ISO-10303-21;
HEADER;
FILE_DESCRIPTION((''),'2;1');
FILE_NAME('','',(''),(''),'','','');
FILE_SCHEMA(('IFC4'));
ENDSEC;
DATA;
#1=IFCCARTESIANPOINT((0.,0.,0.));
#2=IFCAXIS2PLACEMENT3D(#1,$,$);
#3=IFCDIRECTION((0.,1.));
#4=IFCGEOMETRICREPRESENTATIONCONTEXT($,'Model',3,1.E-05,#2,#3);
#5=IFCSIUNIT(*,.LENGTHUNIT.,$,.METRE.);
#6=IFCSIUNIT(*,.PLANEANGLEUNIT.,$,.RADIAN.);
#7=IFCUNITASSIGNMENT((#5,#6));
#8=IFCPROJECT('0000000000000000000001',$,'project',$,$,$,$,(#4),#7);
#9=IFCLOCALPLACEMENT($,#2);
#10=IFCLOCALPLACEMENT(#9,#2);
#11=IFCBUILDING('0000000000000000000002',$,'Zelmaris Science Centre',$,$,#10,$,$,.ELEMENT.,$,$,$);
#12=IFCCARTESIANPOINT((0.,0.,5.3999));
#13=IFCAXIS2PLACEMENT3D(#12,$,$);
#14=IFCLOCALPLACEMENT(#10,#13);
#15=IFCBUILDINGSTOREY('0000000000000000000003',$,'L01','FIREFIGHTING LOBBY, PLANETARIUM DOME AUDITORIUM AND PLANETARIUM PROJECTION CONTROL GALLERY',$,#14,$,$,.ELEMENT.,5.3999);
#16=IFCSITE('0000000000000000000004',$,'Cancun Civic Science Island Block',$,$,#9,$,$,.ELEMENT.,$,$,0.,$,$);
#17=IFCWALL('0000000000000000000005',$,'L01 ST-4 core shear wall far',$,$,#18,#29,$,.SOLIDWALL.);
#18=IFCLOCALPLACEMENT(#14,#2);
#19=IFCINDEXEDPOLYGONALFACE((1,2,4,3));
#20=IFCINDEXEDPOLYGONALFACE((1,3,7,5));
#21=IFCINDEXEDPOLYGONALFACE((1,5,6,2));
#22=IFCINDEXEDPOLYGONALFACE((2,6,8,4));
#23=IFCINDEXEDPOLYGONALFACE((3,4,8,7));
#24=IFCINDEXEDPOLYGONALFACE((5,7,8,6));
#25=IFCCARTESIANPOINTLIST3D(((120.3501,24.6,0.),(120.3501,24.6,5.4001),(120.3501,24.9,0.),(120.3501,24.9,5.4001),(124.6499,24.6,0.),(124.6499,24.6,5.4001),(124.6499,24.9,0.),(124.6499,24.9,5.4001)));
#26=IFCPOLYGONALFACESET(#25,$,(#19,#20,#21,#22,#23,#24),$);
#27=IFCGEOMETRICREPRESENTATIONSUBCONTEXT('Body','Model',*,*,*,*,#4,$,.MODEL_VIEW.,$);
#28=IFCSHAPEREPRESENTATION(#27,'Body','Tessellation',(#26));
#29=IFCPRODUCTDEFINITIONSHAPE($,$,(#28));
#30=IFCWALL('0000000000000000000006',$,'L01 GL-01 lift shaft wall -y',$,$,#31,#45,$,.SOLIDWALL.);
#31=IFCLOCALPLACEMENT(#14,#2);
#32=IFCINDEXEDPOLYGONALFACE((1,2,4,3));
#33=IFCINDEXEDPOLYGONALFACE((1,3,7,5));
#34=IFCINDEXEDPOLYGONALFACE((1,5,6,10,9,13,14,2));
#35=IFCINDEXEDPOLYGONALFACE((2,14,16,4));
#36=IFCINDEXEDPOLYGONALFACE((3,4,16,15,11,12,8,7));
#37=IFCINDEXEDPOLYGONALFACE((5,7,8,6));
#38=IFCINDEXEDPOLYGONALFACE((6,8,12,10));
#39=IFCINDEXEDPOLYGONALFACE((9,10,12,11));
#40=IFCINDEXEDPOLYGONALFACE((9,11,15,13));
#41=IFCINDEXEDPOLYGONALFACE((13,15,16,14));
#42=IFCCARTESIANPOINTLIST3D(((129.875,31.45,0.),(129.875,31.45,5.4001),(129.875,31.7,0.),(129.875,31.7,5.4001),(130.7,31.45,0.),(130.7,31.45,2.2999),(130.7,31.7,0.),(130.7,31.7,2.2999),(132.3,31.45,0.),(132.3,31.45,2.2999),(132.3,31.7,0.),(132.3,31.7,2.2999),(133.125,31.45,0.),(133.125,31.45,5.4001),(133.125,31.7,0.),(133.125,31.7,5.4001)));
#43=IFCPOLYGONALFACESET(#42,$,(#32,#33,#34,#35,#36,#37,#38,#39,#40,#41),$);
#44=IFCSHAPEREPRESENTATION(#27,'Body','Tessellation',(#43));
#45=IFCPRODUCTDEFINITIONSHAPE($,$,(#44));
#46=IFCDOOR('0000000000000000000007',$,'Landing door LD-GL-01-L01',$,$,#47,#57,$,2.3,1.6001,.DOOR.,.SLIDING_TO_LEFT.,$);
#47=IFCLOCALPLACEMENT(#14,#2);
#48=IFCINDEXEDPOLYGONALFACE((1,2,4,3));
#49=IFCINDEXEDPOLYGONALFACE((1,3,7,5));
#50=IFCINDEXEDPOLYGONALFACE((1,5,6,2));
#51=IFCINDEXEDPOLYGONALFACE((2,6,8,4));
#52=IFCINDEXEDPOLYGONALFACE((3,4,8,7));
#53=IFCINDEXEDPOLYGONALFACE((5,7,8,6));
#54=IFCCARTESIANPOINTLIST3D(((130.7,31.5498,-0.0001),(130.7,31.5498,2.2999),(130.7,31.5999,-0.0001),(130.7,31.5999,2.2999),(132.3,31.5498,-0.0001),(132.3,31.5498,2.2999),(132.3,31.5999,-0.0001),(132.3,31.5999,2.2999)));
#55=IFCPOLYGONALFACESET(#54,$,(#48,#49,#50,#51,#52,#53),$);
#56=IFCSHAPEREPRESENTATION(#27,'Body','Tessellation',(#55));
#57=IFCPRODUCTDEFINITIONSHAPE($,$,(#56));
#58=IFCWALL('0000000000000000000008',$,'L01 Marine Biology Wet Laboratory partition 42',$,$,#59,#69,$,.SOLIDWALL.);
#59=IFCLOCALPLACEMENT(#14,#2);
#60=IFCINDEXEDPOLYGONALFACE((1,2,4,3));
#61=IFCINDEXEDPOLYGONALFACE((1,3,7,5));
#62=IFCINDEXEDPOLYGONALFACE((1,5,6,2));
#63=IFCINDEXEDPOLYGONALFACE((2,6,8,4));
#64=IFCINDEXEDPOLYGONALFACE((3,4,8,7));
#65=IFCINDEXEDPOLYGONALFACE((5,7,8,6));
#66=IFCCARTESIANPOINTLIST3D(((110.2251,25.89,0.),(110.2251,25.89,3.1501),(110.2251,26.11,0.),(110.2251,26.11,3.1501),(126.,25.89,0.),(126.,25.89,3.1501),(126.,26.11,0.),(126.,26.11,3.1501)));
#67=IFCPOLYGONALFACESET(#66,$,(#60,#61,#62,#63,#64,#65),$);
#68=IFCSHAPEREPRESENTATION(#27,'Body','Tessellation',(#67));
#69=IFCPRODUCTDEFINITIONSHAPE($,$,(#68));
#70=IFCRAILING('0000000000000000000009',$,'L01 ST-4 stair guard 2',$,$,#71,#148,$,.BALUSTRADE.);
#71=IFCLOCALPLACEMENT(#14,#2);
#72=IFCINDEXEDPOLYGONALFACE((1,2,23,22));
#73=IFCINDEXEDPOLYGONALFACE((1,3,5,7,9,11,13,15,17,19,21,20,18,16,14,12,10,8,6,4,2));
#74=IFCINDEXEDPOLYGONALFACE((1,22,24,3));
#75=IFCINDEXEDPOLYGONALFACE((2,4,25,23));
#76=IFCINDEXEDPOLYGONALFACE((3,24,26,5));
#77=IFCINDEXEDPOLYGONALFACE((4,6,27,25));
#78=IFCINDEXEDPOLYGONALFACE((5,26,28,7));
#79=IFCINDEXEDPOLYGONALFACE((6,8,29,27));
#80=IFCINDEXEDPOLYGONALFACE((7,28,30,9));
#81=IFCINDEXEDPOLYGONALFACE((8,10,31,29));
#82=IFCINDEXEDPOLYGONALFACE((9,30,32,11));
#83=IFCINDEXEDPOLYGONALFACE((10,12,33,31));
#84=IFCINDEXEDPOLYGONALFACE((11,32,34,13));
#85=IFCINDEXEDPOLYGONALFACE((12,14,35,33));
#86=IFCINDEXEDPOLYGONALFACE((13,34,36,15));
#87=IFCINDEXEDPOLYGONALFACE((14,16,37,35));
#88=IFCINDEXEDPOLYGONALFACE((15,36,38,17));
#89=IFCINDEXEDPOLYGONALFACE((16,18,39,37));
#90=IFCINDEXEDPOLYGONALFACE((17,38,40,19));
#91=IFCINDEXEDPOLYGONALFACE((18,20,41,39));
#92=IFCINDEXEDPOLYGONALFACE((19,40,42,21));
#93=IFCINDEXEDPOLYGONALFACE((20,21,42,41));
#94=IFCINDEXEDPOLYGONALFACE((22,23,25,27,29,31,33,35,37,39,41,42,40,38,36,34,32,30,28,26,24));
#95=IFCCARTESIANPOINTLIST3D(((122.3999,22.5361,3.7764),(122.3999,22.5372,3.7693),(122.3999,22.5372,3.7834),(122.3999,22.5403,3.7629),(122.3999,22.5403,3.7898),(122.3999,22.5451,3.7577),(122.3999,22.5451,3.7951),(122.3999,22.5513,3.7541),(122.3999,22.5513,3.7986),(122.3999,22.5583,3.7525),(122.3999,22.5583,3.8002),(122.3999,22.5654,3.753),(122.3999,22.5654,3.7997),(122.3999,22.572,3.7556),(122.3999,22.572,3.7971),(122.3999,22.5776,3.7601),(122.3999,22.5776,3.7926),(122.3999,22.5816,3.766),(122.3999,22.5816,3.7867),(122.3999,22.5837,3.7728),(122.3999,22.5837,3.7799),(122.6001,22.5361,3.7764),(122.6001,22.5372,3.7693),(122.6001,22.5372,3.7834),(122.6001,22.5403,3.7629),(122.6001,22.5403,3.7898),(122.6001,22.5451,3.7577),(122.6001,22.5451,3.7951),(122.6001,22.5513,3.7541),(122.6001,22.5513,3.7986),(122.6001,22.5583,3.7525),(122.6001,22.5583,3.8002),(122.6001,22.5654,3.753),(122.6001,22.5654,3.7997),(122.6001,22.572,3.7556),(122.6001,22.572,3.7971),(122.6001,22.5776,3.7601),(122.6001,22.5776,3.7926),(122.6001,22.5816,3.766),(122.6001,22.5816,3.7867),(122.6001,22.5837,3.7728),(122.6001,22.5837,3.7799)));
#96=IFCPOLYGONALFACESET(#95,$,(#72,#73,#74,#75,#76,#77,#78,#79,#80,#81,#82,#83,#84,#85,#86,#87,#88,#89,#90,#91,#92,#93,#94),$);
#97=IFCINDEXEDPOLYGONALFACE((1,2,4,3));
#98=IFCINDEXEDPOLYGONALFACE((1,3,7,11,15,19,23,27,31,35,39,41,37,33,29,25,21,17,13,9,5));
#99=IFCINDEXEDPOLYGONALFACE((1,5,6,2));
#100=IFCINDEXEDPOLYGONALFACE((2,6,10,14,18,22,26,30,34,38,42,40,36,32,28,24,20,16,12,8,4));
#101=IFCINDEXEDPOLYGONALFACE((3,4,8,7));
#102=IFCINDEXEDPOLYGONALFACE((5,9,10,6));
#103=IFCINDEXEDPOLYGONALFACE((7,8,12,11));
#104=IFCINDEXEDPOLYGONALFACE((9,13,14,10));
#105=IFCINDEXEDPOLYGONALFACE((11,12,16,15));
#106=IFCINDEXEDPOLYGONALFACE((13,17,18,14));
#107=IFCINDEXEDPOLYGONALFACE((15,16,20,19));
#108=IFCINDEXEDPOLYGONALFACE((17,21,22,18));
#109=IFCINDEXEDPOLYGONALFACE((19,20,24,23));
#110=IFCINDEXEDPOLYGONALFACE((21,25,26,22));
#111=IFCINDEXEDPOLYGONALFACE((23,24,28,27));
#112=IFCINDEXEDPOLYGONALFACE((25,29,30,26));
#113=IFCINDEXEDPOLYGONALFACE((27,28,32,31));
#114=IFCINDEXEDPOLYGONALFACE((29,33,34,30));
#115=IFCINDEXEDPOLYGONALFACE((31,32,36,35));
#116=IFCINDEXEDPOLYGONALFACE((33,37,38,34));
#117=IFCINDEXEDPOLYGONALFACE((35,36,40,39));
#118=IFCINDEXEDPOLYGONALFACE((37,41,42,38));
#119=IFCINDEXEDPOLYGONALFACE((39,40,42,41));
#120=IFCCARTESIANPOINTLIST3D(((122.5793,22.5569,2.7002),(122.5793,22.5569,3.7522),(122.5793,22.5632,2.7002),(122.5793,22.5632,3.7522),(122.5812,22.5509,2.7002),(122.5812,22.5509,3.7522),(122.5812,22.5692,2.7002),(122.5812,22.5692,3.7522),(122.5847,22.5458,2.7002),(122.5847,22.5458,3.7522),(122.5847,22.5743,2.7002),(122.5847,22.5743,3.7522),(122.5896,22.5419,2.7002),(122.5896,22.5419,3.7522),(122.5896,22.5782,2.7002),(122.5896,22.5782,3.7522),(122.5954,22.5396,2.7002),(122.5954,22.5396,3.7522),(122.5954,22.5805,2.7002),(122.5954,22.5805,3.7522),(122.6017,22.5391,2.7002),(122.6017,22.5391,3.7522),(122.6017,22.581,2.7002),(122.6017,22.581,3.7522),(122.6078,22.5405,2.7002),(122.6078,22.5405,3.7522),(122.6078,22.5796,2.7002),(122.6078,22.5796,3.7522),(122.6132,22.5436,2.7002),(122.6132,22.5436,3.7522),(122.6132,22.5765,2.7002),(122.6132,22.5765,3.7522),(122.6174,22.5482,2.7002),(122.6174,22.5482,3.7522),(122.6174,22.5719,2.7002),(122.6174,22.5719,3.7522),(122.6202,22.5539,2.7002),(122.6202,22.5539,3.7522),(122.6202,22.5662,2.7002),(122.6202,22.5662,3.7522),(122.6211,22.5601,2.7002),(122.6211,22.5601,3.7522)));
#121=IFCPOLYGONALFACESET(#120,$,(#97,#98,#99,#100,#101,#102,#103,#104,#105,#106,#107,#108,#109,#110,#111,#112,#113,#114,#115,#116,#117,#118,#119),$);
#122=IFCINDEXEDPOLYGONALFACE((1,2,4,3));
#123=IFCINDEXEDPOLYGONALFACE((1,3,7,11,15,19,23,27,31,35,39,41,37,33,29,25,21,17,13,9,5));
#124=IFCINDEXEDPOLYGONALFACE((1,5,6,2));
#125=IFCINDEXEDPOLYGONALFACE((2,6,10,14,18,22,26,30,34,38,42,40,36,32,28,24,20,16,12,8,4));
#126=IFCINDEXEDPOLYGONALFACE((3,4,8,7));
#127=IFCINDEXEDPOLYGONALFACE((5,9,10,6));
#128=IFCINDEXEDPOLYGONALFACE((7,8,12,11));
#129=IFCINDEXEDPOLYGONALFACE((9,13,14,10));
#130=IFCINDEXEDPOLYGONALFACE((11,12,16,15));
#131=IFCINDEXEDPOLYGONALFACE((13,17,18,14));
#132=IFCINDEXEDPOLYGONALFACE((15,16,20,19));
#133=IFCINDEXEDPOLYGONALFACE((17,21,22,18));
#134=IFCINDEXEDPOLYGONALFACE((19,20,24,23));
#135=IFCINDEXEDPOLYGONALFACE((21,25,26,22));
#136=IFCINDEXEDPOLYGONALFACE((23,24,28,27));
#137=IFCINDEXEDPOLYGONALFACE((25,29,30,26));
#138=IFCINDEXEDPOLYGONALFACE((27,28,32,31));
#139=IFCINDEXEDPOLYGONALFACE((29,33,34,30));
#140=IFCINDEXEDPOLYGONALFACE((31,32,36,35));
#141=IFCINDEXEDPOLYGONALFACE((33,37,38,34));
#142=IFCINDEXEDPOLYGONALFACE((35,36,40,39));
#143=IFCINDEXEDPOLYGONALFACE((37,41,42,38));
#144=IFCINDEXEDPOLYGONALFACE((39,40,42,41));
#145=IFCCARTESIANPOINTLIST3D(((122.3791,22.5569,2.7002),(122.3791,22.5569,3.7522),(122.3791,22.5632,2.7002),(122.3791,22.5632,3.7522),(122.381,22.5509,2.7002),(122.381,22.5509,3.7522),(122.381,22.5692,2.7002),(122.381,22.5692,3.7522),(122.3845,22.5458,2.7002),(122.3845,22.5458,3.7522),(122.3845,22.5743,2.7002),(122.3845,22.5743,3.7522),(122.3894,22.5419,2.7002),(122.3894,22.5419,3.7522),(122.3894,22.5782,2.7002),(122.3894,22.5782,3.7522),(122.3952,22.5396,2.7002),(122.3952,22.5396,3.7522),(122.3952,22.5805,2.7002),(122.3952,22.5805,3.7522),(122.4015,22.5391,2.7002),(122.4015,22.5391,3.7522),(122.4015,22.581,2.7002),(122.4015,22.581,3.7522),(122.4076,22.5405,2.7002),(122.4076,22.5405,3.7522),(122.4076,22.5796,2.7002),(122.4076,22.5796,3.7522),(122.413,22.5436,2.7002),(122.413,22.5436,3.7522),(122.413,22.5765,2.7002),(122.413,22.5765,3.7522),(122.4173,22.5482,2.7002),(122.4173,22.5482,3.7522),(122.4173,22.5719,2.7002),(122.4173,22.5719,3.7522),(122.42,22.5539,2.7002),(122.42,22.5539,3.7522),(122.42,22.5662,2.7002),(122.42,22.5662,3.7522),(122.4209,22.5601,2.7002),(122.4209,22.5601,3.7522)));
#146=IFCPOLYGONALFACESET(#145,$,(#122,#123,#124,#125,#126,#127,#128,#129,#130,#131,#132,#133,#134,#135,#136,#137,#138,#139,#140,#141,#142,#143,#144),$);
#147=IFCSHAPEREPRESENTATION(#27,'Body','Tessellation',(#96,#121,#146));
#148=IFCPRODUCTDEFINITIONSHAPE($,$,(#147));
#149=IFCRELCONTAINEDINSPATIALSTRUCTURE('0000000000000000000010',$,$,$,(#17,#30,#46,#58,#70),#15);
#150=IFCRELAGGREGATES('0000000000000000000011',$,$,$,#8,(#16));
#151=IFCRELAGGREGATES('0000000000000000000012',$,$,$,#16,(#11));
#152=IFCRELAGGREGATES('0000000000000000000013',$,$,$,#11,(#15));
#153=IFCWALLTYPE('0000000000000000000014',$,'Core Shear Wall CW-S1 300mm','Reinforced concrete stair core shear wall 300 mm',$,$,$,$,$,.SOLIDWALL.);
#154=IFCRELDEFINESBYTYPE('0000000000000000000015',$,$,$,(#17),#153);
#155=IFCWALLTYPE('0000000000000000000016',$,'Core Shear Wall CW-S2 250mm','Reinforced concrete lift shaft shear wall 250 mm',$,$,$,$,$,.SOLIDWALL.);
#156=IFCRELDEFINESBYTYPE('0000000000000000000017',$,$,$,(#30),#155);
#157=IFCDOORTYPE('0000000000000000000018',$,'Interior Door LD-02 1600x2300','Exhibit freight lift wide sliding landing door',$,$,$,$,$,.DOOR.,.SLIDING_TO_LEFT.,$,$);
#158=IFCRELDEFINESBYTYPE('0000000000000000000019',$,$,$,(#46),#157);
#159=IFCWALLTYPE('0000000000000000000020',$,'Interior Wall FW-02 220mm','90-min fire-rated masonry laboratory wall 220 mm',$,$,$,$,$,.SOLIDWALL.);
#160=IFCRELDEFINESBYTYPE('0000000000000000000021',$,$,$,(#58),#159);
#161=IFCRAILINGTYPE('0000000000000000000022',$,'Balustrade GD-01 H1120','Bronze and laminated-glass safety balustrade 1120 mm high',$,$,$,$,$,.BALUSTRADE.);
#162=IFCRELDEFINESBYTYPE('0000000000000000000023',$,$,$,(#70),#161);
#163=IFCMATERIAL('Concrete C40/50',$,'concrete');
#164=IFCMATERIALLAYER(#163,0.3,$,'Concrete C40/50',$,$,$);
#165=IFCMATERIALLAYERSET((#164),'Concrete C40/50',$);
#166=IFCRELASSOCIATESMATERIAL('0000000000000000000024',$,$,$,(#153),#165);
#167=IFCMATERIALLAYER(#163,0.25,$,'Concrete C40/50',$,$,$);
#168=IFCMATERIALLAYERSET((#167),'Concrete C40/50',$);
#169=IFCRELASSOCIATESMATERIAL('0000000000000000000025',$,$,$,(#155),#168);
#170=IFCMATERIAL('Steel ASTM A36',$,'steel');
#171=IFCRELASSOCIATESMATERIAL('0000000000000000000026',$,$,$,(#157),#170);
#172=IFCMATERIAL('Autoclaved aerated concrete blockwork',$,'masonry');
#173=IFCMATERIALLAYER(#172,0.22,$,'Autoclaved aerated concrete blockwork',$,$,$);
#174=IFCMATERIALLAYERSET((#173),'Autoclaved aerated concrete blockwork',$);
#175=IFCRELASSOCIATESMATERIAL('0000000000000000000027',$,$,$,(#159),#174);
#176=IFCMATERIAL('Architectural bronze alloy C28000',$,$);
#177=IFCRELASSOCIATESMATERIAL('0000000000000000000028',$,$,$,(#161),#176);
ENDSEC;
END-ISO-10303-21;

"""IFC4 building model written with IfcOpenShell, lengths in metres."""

from ifc_helpers import new_model, si_unit, direction, frame, frame_2d, origin, origin_2d, place, context, subcontext, project, spatial, rectangle, circle, extrude, material, layer, layer_set, type_object, element, fill, save


model = new_model("IFC4")

# Units and contexts
model_context = context("Model", 3, precision=1e-05, world=origin(), true_north=direction((0.0, 1.0)))
body_context = subcontext(model_context, "Body", "Model", "MODEL_VIEW")
ifc_project = project(units=[si_unit("LENGTHUNIT", "METRE"), si_unit("PLANEANGLEUNIT", "RADIAN")], contexts=[model_context])

# Site, building, storey
site_placement = place(None, origin())
site = spatial("IfcSite", under=ifc_project, at=site_placement, Name="Cancun Civic Science Island Block", CompositionType="ELEMENT", RefElevation=0.0)
building_placement = place(site_placement, origin())
building = spatial("IfcBuilding", under=site, at=building_placement, Name="Zelmaris Science Centre", CompositionType="ELEMENT")
storey_placement = place(building_placement, frame((0.0, 0.0, 5.3999)))
storey = spatial("IfcBuildingStorey", under=building, at=storey_placement, Name="L01", Description="FIREFIGHTING LOBBY, PLANETARIUM DOME AUDITORIUM AND PLANETARIUM PROJECTION CONTROL GALLERY", CompositionType="ELEMENT", Elevation=5.3999)

# Wall
ifc_material_1 = material(Name="Concrete C40/50", Category="concrete")
ifc_layer_1 = layer(ifc_material_1, 0.3, Name="Concrete C40/50")
ifc_layer_set_1 = layer_set([ifc_layer_1], Name="Concrete C40/50")
wall_type_1 = type_object("IfcWallType", Name="Core Shear Wall CW-S1 300mm", Description="Reinforced concrete stair core shear wall 300 mm", PredefinedType="SOLIDWALL", material=ifc_layer_set_1)
wall_1_placement = place(storey_placement, frame((124.6499, 24.75, 0.0), z_axis=(0.0, 0.0, 1.0), x_axis=(-1.0, 0.0, 0.0)))
element("IfcWall", 1, at=wall_1_placement, inside=storey, type_object=wall_type_1, Name="L01 ST-4 core shear wall far", PredefinedType="SOLIDWALL", context=body_context, shape_type="SweptSolid", body=[
    extrude(rectangle(XDim=4.2998, YDim=0.3, at=frame_2d((2.1499, 0.0))), origin(), (0.0, 0.0, 1.0), 5.4001),
])

# Wall, opening, door
ifc_layer_2 = layer(ifc_material_1, 0.25, Name="Concrete C40/50")
ifc_layer_set_2 = layer_set([ifc_layer_2], Name="Concrete C40/50")
wall_type_2 = type_object("IfcWallType", Name="Core Shear Wall CW-S2 250mm", Description="Reinforced concrete lift shaft shear wall 250 mm", PredefinedType="SOLIDWALL", material=ifc_layer_set_2)
wall_2_placement = place(storey_placement, frame((129.875, 31.575, 0.0), z_axis=(0.0, 0.0, 1.0), x_axis=(1.0, 0.0, 0.0)))
wall_2 = element("IfcWall", 2, at=wall_2_placement, inside=storey, type_object=wall_type_2, Name="L01 GL-01 lift shaft wall -y", PredefinedType="SOLIDWALL", context=body_context, shape_type="SweptSolid", body=[
    extrude(rectangle(XDim=3.25, YDim=0.25, at=frame_2d((1.625, 0.0))), origin(), (0.0, 0.0, 1.0), 5.4001),
])
opening_placement = place(wall_2_placement, frame((0.825, 0.0, 0.0)))
opening = element("IfcOpeningElement", 3, at=opening_placement, cuts=wall_2, PredefinedType="OPENING", context=body_context, shape_type="SweptSolid", body=[
    extrude(rectangle(XDim=1.6001, YDim=2.3, at=frame_2d((0.8, 1.1499))), frame((0.0, 0.135, 0.0), z_axis=(0.0, -1.0, 0.0), x_axis=(1.0, 0.0, 0.0)), (0.0, 0.0, 1.0), 0.27),
])
ifc_material_2 = material(Name="Steel ASTM A36", Category="steel")
door_type = type_object("IfcDoorType", Name="Interior Door LD-02 1600x2300", Description="Exhibit freight lift wide sliding landing door", OperationType="SLIDING_TO_LEFT", PredefinedType="DOOR", material=ifc_material_2)
door_placement = place(opening_placement, origin())
door = element("IfcDoor", 4, at=door_placement, inside=storey, type_object=door_type, Name="Landing door LD-GL-01-L01", OperationType="SLIDING_TO_LEFT", OverallHeight=2.3, OverallWidth=1.6001, PredefinedType="DOOR", context=body_context, shape_type="SweptSolid", body=[
    extrude(rectangle(XDim=1.6001, YDim=2.3, at=frame_2d((0.8, 1.1499))), frame((0.0, 0.0249, 0.0), z_axis=(0.0, -1.0, 0.0), x_axis=(1.0, 0.0, 0.0)), (0.0, 0.0, 1.0), 0.05),
])
fill(opening, door)

# Wall
ifc_material_3 = material(Name="Autoclaved aerated concrete blockwork", Category="masonry")
ifc_layer_3 = layer(ifc_material_3, 0.22, Name="Autoclaved aerated concrete blockwork")
ifc_layer_set_3 = layer_set([ifc_layer_3], Name="Autoclaved aerated concrete blockwork")
wall_type_3 = type_object("IfcWallType", Name="Interior Wall FW-02 220mm", Description="90-min fire-rated masonry laboratory wall 220 mm", PredefinedType="SOLIDWALL", material=ifc_layer_set_3)
wall_3_placement = place(storey_placement, frame((110.2251, 26.0, 0.0), z_axis=(0.0, 0.0, 1.0), x_axis=(1.0, 0.0, 0.0)))
element("IfcWall", 5, at=wall_3_placement, inside=storey, type_object=wall_type_3, Name="L01 Marine Biology Wet Laboratory partition 42", PredefinedType="SOLIDWALL", context=body_context, shape_type="SweptSolid", body=[
    extrude(rectangle(XDim=15.7749, YDim=0.22, at=frame_2d((7.8875, 0.0))), origin(), (0.0, 0.0, 1.0), 3.1501),
])

# Railing
ifc_material_4 = material(Name="Architectural bronze alloy C28000")
railing_type = type_object("IfcRailingType", Name="Balustrade GD-01 H1120", Description="Bronze and laminated-glass safety balustrade 1120 mm high", PredefinedType="BALUSTRADE", material=ifc_material_4)
railing_1_placement = place(storey_placement, frame((122.6001, 22.5601, 2.7002)))
element("IfcRailing", 6, at=railing_1_placement, inside=storey, type_object=railing_type, Name="L01 ST-4 stair guard 2", PredefinedType="BALUSTRADE", context=body_context, shape_type="SweptSolid", body=[
    extrude(circle(Radius=0.0239, at=origin_2d()), frame((0.0, 0.0, 1.0762), z_axis=(-1.0, 0.0, 0.0), x_axis=(0.0, -1.0, 0.0)), (0.0, 0.0, 1.0), 0.2002),
    extrude(circle(Radius=0.021, at=origin_2d()), origin(), (0.0, 0.0, 1.0), 1.052),
    extrude(circle(Radius=0.021, at=origin_2d()), frame((-0.2002, 0.0, 0.0)), (0.0, 0.0, 1.0), 1.052),
])

save(model, "model.ifc")
